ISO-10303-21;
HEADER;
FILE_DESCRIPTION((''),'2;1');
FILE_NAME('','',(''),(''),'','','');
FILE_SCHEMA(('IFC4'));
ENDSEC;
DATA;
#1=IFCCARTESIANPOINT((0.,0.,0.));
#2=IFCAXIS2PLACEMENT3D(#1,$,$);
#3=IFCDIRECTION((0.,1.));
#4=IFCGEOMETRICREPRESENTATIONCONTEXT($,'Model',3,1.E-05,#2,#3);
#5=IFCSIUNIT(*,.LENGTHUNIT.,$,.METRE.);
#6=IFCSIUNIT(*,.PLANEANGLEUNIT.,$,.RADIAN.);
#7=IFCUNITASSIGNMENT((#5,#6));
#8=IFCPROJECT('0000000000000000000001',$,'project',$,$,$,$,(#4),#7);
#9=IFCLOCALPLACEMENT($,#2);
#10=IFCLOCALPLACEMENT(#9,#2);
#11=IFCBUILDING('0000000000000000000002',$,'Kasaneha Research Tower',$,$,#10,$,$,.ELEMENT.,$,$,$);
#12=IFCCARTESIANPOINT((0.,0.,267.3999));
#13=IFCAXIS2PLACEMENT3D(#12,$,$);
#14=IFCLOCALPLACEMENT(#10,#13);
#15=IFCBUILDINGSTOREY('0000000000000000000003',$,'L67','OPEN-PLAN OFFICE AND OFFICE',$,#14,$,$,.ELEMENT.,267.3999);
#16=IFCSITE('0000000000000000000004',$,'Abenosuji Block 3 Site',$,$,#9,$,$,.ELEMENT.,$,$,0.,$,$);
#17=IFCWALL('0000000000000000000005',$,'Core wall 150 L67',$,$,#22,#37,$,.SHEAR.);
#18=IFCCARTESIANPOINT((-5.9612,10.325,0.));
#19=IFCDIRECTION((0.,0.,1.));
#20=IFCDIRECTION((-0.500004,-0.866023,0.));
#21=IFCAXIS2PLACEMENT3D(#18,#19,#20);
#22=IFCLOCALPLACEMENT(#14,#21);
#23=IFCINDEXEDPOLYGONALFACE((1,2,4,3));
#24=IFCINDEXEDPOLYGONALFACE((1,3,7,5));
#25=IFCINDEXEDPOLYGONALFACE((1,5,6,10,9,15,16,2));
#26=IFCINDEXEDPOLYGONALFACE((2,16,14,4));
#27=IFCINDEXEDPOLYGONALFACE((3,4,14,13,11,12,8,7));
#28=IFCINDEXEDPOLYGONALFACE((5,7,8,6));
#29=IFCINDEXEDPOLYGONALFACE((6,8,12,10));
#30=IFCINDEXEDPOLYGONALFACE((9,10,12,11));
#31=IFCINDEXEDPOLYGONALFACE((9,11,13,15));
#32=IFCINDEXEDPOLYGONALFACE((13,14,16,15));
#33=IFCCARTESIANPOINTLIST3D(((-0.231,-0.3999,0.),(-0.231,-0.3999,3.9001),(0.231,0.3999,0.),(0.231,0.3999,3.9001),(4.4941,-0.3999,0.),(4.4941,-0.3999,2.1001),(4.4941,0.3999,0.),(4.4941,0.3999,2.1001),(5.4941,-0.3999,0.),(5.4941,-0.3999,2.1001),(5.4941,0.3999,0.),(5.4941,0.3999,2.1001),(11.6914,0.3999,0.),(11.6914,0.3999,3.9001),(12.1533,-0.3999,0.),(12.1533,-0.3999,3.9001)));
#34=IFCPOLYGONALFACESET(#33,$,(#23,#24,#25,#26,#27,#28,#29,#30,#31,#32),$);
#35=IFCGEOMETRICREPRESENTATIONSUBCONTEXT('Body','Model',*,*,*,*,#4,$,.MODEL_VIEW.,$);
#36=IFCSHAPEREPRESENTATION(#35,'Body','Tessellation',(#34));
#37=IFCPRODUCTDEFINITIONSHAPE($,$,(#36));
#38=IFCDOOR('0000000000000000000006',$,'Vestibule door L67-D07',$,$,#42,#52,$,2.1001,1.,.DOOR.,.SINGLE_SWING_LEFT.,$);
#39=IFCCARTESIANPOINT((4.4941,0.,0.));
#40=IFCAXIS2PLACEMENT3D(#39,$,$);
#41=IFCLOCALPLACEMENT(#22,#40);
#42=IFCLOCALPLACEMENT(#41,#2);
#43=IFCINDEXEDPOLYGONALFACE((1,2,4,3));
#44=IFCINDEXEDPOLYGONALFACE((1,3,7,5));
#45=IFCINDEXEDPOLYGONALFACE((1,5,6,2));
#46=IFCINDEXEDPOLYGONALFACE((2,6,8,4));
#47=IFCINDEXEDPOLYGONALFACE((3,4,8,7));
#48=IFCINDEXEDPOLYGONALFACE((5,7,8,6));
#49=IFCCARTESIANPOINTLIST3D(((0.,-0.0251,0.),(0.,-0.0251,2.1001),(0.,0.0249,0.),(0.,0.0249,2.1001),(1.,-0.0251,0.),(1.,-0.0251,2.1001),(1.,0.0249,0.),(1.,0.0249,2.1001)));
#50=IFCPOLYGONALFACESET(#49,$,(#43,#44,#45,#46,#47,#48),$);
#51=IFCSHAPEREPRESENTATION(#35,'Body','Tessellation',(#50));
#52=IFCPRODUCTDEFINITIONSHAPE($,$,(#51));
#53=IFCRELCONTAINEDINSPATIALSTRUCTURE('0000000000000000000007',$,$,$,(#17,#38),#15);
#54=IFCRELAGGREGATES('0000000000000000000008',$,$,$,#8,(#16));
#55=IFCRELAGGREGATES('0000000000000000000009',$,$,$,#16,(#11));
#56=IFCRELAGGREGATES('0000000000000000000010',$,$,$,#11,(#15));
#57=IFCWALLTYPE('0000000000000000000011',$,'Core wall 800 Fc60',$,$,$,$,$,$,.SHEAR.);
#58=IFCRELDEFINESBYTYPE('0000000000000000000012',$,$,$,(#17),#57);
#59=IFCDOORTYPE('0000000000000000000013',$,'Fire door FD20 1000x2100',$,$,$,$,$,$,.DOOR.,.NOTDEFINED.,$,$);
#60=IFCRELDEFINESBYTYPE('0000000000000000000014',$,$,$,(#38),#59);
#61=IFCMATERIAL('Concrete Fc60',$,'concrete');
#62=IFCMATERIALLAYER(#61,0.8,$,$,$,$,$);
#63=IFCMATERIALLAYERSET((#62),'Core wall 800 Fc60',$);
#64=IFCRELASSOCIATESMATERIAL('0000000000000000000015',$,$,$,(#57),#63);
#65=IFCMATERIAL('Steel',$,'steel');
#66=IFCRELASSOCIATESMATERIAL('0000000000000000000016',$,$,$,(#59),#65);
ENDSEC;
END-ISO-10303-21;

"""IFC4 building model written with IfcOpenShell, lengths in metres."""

from ifc_helpers import new_model, si_unit, direction, frame, frame_2d, origin, place, context, subcontext, project, spatial, polyline, rectangle, outline, extrude, material, layer, layer_set, type_object, element, fill, save


model = new_model("IFC4")

# Units and contexts
model_context = context("Model", 3, precision=1e-05, world=origin(), true_north=direction((0.0, 1.0)))
body_context = subcontext(model_context, "Body", "Model", "MODEL_VIEW")
ifc_project = project(units=[si_unit("LENGTHUNIT", "METRE"), si_unit("PLANEANGLEUNIT", "RADIAN")], contexts=[model_context])

# Site, building, storey
site_placement = place(None, origin())
site = spatial("IfcSite", under=ifc_project, at=site_placement, Name="Abenosuji Block 3 Site", CompositionType="ELEMENT", RefElevation=0.0)
building_placement = place(site_placement, origin())
building = spatial("IfcBuilding", under=site, at=building_placement, Name="Kasaneha Research Tower", CompositionType="ELEMENT")
storey_placement = place(building_placement, frame((0.0, 0.0, 267.3999)))
storey = spatial("IfcBuildingStorey", under=building, at=storey_placement, Name="L67", Description="OPEN-PLAN OFFICE AND OFFICE", CompositionType="ELEMENT", Elevation=267.3999)

# Wall, opening, door
ifc_material_1 = material(Name="Concrete Fc60", Category="concrete")
ifc_layer_1 = layer(ifc_material_1, 0.8)
ifc_layer_set_1 = layer_set([ifc_layer_1], Name="Core wall 800 Fc60")
wall_type_1 = type_object("IfcWallType", Name="Core wall 800 Fc60", PredefinedType="SHEAR", material=ifc_layer_set_1)
wall_1_placement = place(storey_placement, frame((-5.9612, 10.325, 0.0), z_axis=(0.0, 0.0, 1.0), x_axis=(-0.500004, -0.866023, 0.0)))
wall_1 = element("IfcWall", 1, at=wall_1_placement, inside=storey, type_object=wall_type_1, Name="Core wall 150 L67", PredefinedType="SHEAR", context=body_context, shape_type="SweptSolid", body=[
    extrude(outline(polyline([(-0.231, -0.3999), (4.4941, -0.3999), (5.4941, -0.3999), (12.1533, -0.3999), (11.6914, 0.3999), (5.4941, 0.3999), (4.4941, 0.3999), (0.231, 0.3999), (-0.231, -0.3999)])), origin(), (0.0, 0.0, 1.0), 3.9001),
])
opening_1_placement = place(wall_1_placement, frame((4.4941, 0.0, 0.0)))
opening_1 = element("IfcOpeningElement", 2, at=opening_1_placement, cuts=wall_1, PredefinedType="OPENING", context=body_context, shape_type="SweptSolid", body=[
    extrude(rectangle(XDim=1.0, YDim=2.1001, at=frame_2d((0.5, 1.05))), frame((0.0, 0.4102, 0.0), z_axis=(0.0, -1.0, 0.0), x_axis=(1.0, 0.0, 0.0)), (0.0, 0.0, 1.0), 0.8201),
])
ifc_material_2 = material(Name="Steel", Category="steel")
door_type_1 = type_object("IfcDoorType", Name="Fire door FD20 1000x2100", OperationType="NOTDEFINED", PredefinedType="DOOR", material=ifc_material_2)
door_1_placement = place(opening_1_placement, origin())
door_1 = element("IfcDoor", 3, at=door_1_placement, inside=storey, type_object=door_type_1, Name="Vestibule door L67-D07", OperationType="SINGLE_SWING_LEFT", OverallHeight=2.1001, OverallWidth=1.0, PredefinedType="DOOR", context=body_context, shape_type="SweptSolid", body=[
    extrude(rectangle(XDim=1.0, YDim=2.1001, at=frame_2d((0.5, 1.05))), frame((0.0, 0.0249, 0.0), z_axis=(0.0, -1.0, 0.0), x_axis=(1.0, 0.0, 0.0)), (0.0, 0.0, 1.0), 0.05),
])
fill(opening_1, door_1)

save(model, "model.ifc")
